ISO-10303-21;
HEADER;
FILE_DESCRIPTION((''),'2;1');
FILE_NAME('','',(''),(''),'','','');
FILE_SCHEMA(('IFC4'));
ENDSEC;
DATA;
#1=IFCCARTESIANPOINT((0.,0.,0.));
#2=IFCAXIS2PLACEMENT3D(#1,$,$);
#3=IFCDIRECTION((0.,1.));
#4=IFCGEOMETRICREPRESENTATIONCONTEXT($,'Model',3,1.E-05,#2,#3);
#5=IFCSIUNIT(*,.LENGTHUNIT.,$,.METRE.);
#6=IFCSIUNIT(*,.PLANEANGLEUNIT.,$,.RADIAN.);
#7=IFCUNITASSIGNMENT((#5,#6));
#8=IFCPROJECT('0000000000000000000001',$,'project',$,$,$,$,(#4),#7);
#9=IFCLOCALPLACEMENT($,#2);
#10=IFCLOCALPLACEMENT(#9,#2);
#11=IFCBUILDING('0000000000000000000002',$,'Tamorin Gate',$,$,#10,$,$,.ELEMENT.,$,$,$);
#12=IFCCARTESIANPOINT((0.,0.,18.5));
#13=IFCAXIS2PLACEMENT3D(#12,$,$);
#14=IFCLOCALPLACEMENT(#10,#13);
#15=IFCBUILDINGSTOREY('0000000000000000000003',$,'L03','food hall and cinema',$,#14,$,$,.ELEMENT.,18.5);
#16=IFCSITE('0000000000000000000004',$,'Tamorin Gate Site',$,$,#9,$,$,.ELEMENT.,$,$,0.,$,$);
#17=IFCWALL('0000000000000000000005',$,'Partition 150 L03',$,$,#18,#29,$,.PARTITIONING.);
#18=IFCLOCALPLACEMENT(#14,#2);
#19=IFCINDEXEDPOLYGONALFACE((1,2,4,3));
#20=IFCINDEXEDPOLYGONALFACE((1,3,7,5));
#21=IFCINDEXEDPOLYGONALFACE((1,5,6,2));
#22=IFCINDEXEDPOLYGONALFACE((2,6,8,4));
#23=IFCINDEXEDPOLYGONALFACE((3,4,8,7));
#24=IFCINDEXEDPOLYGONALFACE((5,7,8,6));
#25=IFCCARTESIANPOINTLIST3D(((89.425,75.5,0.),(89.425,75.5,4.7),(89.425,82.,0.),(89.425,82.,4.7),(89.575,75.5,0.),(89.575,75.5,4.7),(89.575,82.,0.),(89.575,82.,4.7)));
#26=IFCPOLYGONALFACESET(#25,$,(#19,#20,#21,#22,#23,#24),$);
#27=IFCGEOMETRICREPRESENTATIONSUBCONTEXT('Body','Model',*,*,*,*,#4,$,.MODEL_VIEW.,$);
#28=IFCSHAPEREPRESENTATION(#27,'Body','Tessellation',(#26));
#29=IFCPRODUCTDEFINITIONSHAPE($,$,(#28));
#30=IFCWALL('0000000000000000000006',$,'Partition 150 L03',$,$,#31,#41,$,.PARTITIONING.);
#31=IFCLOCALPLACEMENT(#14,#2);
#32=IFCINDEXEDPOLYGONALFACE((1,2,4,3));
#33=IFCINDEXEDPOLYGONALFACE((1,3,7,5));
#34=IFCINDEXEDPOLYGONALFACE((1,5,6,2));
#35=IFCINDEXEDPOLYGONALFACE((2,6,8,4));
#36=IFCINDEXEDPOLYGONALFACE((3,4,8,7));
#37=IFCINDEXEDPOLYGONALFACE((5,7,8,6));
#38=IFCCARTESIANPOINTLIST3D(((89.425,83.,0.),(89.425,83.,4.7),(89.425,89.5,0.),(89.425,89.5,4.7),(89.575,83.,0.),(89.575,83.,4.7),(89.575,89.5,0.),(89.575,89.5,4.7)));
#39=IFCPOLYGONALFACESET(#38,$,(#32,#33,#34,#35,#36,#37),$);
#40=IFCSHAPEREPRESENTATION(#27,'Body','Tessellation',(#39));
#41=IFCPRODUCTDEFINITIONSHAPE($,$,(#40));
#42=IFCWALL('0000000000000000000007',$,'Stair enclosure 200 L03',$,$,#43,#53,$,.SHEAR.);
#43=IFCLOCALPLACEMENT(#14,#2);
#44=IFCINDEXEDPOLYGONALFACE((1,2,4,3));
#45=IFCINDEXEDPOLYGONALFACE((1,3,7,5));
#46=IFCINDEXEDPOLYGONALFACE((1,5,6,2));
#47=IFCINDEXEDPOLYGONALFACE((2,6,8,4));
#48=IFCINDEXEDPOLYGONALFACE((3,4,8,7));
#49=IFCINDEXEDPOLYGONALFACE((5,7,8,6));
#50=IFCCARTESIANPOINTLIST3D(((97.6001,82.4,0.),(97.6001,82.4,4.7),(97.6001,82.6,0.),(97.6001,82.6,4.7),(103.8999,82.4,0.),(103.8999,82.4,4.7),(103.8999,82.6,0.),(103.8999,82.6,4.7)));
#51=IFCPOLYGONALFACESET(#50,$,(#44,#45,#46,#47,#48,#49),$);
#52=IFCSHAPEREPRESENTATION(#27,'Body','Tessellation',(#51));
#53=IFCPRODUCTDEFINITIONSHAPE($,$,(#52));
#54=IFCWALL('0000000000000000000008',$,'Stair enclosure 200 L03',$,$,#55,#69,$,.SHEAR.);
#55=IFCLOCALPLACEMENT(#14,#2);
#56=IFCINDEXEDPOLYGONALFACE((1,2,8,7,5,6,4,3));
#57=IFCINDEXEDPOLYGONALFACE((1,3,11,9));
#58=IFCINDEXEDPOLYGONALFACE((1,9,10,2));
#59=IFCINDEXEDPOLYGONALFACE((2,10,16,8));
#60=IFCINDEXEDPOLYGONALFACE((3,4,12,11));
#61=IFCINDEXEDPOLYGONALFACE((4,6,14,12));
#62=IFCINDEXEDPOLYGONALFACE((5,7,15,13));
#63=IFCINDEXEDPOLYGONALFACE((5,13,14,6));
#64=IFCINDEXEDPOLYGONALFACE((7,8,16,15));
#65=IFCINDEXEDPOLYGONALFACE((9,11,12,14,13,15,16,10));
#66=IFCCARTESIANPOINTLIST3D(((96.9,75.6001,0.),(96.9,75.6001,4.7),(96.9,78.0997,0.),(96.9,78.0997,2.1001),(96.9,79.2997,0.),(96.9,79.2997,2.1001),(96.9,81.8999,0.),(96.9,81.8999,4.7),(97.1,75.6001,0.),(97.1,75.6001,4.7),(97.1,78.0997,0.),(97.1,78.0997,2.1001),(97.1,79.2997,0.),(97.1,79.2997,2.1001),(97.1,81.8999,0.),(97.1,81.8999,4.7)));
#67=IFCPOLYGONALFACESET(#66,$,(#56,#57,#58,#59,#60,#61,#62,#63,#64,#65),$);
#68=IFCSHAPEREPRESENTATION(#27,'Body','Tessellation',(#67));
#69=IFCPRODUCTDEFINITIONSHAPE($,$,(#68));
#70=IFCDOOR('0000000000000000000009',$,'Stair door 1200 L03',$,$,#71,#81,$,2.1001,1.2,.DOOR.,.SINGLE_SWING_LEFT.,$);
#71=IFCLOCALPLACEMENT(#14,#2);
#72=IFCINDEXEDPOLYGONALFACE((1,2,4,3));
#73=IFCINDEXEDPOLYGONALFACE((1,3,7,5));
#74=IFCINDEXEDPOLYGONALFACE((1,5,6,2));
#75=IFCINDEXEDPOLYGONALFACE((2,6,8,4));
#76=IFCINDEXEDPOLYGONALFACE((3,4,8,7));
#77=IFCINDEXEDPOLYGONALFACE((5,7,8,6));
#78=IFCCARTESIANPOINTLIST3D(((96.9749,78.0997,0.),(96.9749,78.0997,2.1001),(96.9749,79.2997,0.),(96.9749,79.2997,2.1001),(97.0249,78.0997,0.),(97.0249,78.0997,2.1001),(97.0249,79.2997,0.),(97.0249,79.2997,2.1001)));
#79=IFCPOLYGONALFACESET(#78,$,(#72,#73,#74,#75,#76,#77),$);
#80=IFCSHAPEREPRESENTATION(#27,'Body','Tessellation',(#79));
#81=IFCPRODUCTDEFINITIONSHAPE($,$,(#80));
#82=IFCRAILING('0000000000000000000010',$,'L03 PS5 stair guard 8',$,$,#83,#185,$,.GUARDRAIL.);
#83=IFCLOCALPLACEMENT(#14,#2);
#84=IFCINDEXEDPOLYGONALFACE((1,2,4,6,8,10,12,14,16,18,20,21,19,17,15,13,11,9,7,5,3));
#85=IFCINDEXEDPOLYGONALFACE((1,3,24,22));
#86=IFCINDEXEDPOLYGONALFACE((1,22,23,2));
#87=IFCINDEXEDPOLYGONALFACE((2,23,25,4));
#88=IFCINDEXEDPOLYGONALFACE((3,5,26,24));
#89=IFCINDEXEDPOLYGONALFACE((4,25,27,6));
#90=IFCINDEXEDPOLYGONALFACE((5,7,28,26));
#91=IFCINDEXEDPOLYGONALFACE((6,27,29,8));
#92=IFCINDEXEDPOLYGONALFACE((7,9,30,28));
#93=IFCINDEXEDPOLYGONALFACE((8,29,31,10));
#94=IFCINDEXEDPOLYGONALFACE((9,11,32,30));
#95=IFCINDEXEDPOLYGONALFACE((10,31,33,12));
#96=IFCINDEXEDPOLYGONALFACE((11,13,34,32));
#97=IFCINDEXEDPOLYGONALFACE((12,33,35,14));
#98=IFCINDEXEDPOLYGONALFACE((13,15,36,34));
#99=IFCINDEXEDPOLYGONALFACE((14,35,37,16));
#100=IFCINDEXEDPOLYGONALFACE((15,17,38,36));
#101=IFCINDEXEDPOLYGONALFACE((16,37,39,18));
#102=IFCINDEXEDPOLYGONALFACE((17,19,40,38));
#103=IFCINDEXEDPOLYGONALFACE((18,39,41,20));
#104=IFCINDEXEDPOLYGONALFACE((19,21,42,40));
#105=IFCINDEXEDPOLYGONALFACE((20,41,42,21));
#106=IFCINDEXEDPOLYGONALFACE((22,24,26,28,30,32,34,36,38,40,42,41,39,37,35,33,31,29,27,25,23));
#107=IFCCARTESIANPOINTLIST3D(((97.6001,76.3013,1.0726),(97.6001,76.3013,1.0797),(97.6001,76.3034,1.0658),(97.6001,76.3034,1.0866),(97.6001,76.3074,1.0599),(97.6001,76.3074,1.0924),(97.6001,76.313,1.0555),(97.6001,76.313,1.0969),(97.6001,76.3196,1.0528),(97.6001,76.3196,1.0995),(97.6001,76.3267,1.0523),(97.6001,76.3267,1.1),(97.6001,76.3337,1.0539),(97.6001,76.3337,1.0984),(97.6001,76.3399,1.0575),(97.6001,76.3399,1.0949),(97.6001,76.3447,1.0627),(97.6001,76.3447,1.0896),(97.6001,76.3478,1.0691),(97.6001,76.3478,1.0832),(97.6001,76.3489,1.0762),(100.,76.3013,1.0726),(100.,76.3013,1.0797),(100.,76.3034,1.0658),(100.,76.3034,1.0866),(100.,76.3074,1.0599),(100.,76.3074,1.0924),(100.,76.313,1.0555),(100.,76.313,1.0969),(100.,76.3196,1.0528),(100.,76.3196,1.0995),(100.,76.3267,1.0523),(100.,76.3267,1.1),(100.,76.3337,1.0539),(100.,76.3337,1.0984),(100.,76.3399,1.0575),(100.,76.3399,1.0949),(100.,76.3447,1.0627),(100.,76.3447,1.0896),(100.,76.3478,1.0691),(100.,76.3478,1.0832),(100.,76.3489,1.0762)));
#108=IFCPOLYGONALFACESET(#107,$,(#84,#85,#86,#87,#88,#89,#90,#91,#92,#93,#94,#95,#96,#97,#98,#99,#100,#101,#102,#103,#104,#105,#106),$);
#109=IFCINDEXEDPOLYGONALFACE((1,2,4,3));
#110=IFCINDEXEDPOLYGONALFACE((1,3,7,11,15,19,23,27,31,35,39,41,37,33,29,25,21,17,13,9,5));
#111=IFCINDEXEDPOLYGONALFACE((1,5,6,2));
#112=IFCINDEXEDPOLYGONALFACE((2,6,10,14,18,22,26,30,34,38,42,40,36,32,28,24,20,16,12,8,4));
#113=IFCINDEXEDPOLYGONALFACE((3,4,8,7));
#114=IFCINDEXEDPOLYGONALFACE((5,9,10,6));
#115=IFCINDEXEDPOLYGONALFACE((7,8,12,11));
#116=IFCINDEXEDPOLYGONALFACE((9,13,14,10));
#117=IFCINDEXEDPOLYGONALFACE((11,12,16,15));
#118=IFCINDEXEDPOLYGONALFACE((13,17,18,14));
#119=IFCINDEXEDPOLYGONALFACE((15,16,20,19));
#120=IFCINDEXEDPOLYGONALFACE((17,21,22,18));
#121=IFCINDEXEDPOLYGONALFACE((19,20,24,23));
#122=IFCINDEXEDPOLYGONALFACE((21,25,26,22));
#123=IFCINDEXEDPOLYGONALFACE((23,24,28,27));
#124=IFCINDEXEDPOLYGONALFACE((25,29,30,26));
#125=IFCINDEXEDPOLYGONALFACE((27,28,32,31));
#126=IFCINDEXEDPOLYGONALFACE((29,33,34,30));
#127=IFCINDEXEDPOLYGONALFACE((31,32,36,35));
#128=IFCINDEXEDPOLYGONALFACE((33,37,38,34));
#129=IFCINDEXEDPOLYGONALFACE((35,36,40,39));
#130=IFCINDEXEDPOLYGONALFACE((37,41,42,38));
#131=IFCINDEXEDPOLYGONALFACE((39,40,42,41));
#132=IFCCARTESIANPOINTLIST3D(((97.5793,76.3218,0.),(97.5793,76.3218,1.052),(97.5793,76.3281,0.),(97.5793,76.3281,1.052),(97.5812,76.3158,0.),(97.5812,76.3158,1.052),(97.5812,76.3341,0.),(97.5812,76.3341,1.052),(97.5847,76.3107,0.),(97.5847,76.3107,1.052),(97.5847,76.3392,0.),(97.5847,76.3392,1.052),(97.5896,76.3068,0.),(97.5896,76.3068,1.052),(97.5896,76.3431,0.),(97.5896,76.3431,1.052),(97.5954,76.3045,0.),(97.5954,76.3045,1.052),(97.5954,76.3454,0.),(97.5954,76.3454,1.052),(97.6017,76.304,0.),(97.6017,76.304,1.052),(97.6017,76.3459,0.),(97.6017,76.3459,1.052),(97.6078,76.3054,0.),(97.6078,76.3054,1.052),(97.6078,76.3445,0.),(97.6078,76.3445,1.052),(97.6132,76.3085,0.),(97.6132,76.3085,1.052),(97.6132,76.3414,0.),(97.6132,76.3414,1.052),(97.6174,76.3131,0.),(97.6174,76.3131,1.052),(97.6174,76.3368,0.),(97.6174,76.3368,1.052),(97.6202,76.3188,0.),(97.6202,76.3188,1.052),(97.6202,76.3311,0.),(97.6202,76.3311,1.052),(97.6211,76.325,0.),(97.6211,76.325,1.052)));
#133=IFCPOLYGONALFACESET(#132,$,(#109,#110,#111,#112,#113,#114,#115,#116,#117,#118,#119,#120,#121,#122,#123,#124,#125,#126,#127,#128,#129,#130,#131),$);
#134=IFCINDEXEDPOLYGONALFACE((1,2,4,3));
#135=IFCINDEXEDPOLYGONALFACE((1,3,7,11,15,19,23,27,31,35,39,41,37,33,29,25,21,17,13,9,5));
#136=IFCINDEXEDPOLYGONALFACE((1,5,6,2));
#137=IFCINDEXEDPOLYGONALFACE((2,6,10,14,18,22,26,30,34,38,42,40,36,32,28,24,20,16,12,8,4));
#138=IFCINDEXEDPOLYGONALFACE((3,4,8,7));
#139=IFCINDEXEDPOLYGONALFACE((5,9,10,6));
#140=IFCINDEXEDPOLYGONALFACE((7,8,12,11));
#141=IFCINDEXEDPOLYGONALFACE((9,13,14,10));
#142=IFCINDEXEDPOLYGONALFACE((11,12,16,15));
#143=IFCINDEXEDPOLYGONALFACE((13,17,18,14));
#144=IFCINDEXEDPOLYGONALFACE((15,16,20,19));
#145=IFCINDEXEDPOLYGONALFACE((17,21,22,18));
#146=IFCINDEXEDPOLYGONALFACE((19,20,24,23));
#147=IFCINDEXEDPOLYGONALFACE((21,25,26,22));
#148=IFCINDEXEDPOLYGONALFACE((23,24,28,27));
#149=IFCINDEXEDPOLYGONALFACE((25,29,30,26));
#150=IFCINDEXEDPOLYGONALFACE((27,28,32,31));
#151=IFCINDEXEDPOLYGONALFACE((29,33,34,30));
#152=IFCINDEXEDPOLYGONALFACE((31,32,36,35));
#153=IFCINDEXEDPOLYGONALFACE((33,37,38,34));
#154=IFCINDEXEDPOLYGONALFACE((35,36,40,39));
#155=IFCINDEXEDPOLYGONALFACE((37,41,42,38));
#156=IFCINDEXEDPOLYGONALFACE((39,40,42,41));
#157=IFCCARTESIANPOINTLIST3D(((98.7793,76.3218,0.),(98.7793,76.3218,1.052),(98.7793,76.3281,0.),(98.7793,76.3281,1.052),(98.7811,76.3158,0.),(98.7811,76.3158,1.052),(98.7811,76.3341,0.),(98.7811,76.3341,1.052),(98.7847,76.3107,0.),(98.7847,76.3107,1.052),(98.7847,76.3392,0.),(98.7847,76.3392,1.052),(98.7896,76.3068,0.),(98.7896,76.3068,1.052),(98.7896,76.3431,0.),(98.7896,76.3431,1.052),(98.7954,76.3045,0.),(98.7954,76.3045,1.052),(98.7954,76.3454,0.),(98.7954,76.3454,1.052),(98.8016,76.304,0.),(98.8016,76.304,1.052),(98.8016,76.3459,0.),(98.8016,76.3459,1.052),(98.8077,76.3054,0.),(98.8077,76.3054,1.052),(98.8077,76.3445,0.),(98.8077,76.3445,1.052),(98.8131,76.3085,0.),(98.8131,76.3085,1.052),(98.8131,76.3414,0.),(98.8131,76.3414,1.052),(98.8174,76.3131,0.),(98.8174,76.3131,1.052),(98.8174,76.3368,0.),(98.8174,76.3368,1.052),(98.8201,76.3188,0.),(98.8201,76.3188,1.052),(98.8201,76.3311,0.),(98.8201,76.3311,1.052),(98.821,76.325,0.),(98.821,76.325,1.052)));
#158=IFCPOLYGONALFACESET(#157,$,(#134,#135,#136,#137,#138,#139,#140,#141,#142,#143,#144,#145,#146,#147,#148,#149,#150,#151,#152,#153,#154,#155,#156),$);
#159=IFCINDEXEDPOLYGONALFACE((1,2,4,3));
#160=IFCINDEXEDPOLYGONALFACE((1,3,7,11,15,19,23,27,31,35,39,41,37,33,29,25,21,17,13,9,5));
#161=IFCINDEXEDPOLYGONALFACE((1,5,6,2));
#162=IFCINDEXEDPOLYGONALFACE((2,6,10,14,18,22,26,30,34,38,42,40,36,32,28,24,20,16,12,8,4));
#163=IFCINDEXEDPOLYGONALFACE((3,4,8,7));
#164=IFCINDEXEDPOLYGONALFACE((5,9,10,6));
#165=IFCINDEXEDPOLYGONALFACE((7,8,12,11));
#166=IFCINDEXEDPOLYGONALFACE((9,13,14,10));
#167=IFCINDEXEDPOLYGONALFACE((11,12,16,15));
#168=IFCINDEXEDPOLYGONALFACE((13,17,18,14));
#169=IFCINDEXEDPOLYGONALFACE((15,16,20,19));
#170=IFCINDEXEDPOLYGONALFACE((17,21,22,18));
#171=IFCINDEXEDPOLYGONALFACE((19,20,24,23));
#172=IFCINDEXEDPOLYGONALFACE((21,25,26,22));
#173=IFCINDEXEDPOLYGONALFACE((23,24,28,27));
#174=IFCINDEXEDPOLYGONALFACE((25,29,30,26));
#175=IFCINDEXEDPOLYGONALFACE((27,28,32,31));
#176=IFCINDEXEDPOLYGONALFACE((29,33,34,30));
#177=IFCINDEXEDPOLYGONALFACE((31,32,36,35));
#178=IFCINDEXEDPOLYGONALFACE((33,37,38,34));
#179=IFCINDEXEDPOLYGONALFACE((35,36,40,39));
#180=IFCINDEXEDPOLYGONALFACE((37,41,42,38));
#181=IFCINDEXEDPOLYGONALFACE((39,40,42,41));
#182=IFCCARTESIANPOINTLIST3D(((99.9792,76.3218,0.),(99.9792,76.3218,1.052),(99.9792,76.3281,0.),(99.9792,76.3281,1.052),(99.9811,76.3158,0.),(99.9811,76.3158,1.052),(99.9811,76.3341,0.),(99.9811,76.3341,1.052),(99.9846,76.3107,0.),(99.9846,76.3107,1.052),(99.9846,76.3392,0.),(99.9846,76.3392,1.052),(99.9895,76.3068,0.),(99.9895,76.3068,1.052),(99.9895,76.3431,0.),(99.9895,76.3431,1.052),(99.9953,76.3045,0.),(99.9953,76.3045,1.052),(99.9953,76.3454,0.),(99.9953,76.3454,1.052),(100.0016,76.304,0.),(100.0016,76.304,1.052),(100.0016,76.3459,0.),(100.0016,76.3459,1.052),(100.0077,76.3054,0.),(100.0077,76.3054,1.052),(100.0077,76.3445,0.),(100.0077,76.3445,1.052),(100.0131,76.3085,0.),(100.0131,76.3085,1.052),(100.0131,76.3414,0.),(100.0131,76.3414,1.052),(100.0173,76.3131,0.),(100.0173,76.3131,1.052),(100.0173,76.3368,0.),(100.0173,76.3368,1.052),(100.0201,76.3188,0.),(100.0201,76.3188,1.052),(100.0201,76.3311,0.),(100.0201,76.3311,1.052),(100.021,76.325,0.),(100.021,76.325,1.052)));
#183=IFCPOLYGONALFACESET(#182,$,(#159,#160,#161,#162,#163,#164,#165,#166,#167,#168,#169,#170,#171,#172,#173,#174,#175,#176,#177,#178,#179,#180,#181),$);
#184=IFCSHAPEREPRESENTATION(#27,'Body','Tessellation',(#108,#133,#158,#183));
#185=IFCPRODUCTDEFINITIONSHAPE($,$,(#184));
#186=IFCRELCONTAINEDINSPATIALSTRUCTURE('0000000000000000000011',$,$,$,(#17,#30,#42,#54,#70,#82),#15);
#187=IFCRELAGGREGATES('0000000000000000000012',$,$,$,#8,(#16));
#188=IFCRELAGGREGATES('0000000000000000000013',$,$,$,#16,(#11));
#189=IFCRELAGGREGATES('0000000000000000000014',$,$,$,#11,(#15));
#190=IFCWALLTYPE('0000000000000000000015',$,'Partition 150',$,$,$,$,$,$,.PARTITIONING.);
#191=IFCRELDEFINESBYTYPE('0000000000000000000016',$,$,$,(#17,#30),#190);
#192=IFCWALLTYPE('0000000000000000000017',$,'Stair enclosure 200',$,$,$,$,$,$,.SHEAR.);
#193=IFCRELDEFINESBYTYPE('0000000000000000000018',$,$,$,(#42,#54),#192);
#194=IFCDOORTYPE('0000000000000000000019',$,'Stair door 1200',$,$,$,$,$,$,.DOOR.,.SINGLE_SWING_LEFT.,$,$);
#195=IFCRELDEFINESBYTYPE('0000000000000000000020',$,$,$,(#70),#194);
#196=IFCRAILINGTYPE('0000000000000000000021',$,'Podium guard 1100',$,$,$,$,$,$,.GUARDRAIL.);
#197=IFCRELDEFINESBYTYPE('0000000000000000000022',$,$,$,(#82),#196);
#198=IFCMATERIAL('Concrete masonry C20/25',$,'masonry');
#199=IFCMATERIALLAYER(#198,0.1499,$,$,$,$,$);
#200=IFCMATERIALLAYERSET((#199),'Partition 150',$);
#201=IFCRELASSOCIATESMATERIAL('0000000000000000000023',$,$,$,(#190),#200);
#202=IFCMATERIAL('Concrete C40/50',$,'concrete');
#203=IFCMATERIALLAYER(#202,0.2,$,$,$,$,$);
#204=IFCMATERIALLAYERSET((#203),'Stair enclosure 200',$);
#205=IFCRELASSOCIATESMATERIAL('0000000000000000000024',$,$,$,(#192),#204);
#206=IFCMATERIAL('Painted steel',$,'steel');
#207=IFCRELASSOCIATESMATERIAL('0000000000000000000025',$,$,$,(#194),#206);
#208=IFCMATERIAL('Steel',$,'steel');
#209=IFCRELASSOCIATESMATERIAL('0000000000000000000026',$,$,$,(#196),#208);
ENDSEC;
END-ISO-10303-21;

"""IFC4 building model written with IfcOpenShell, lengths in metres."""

from ifc_helpers import new_model, si_unit, direction, frame, frame_2d, origin, origin_2d, place, context, subcontext, project, spatial, rectangle, circle, extrude, material, layer, layer_set, type_object, element, fill, save


model = new_model("IFC4")

# Units and contexts
model_context = context("Model", 3, precision=1e-05, world=origin(), true_north=direction((0.0, 1.0)))
body_context = subcontext(model_context, "Body", "Model", "MODEL_VIEW")
ifc_project = project(units=[si_unit("LENGTHUNIT", "METRE"), si_unit("PLANEANGLEUNIT", "RADIAN")], contexts=[model_context])

# Site, building, storey
site_placement = place(None, origin())
site = spatial("IfcSite", under=ifc_project, at=site_placement, Name="Tamorin Gate Site", CompositionType="ELEMENT", RefElevation=0.0)
building_placement = place(site_placement, origin())
building = spatial("IfcBuilding", under=site, at=building_placement, Name="Tamorin Gate", CompositionType="ELEMENT")
storey_placement = place(building_placement, frame((0.0, 0.0, 18.5)))
storey = spatial("IfcBuildingStorey", under=building, at=storey_placement, Name="L03", Description="food hall and cinema", CompositionType="ELEMENT", Elevation=18.5)

# Shared definitions
ifc_material_1 = material(Name="Concrete masonry C20/25", Category="masonry")
ifc_layer_1 = layer(ifc_material_1, 0.1499)
ifc_layer_set_1 = layer_set([ifc_layer_1], Name="Partition 150")
wall_type_1 = type_object("IfcWallType", Name="Partition 150", PredefinedType="PARTITIONING", material=ifc_layer_set_1)

# Walls
for number, where, z_axis, x_axis, name in (
    (1, (89.5, 75.5, 0.0), (0.0, 0.0, 1.0), (0.0, 1.0, 0.0), "Partition 150 L03"),
    (2, (89.5, 83.0, 0.0), (0.0, 0.0, 1.0), (0.0, 1.0, 0.0), "Partition 150 L03"),
):
    element("IfcWall", number, at=place(storey_placement, frame(where, z_axis=z_axis, x_axis=x_axis)), inside=storey, type_object=wall_type_1, Name=name, PredefinedType="PARTITIONING", context=body_context, shape_type="SweptSolid", body=[
        extrude(rectangle(XDim=6.5, YDim=0.1499, at=frame_2d((3.25, 0.0))), origin(), (0.0, 0.0, 1.0), 4.7),
    ])
ifc_material_2 = material(Name="Concrete C40/50", Category="concrete")
ifc_layer_2 = layer(ifc_material_2, 0.2)
ifc_layer_set_2 = layer_set([ifc_layer_2], Name="Stair enclosure 200")
wall_type_2 = type_object("IfcWallType", Name="Stair enclosure 200", PredefinedType="SHEAR", material=ifc_layer_set_2)
wall_1_placement = place(storey_placement, frame((97.6001, 82.5, 0.0), z_axis=(0.0, 0.0, 1.0), x_axis=(1.0, 0.0, 0.0)))
element("IfcWall", 3, at=wall_1_placement, inside=storey, type_object=wall_type_2, Name="Stair enclosure 200 L03", PredefinedType="SHEAR", context=body_context, shape_type="SweptSolid", body=[
    extrude(rectangle(XDim=6.2998, YDim=0.2, at=frame_2d((3.1499, 0.0))), origin(), (0.0, 0.0, 1.0), 4.7),
])

# Wall, opening, door
wall_2_placement = place(storey_placement, frame((97.0, 81.8999, 0.0), z_axis=(0.0, 0.0, 1.0), x_axis=(0.0, -1.0, 0.0)))
wall_2 = element("IfcWall", 4, at=wall_2_placement, inside=storey, type_object=wall_type_2, Name="Stair enclosure 200 L03", PredefinedType="SHEAR", context=body_context, shape_type="SweptSolid", body=[
    extrude(rectangle(XDim=6.2998, YDim=0.2, at=frame_2d((3.1499, 0.0))), origin(), (0.0, 0.0, 1.0), 4.7),
])
opening_1_placement = place(wall_2_placement, frame((2.6001, 0.0, 0.0)))
opening_1 = element("IfcOpeningElement", 5, at=opening_1_placement, cuts=wall_2, PredefinedType="OPENING", context=body_context, shape_type="SweptSolid", body=[
    extrude(rectangle(XDim=1.2, YDim=2.1001, at=frame_2d((0.6001, 1.05))), frame((0.0, 0.1099, 0.0), z_axis=(0.0, -1.0, 0.0), x_axis=(1.0, 0.0, 0.0)), (0.0, 0.0, 1.0), 0.22),
])
ifc_material_3 = material(Name="Painted steel", Category="steel")
door_type_1 = type_object("IfcDoorType", Name="Stair door 1200", OperationType="SINGLE_SWING_LEFT", PredefinedType="DOOR", material=ifc_material_3)
door_1_placement = place(opening_1_placement, origin())
door_1 = element("IfcDoor", 6, at=door_1_placement, inside=storey, type_object=door_type_1, Name="Stair door 1200 L03", OperationType="SINGLE_SWING_LEFT", OverallHeight=2.1001, OverallWidth=1.2, PredefinedType="DOOR", context=body_context, shape_type="SweptSolid", body=[
    extrude(rectangle(XDim=1.2, YDim=2.1001, at=frame_2d((0.6001, 1.05))), frame((0.0, 0.0249, 0.0), z_axis=(0.0, -1.0, 0.0), x_axis=(1.0, 0.0, 0.0)), (0.0, 0.0, 1.0), 0.05),
])
fill(opening_1, door_1)

# Railing
ifc_material_4 = material(Name="Steel", Category="steel")
railing_type = type_object("IfcRailingType", Name="Podium guard 1100", PredefinedType="GUARDRAIL", material=ifc_material_4)
for number, where, name in (
    (7, (97.6001, 76.325, 0.0), "L03 PS5 stair guard 8"),
):
    element("IfcRailing", number, at=place(storey_placement, frame(where)), inside=storey, type_object=railing_type, Name=name, PredefinedType="GUARDRAIL", context=body_context, shape_type="SweptSolid", body=[
        extrude(circle(Radius=0.0239, at=origin_2d()), frame((0.0, 0.0, 1.0762), z_axis=(1.0, 0.0, 0.0), x_axis=(0.0, 1.0, 0.0)), (0.0, 0.0, 1.0), 2.3999),
        extrude(circle(Radius=0.021, at=origin_2d()), origin(), (0.0, 0.0, 1.0), 1.052),
        extrude(circle(Radius=0.021, at=origin_2d()), frame((1.2, 0.0, 0.0)), (0.0, 0.0, 1.0), 1.052),
        extrude(circle(Radius=0.021, at=origin_2d()), frame((2.3999, 0.0, 0.0)), (0.0, 0.0, 1.0), 1.052),
    ])

save(model, "model.ifc")
